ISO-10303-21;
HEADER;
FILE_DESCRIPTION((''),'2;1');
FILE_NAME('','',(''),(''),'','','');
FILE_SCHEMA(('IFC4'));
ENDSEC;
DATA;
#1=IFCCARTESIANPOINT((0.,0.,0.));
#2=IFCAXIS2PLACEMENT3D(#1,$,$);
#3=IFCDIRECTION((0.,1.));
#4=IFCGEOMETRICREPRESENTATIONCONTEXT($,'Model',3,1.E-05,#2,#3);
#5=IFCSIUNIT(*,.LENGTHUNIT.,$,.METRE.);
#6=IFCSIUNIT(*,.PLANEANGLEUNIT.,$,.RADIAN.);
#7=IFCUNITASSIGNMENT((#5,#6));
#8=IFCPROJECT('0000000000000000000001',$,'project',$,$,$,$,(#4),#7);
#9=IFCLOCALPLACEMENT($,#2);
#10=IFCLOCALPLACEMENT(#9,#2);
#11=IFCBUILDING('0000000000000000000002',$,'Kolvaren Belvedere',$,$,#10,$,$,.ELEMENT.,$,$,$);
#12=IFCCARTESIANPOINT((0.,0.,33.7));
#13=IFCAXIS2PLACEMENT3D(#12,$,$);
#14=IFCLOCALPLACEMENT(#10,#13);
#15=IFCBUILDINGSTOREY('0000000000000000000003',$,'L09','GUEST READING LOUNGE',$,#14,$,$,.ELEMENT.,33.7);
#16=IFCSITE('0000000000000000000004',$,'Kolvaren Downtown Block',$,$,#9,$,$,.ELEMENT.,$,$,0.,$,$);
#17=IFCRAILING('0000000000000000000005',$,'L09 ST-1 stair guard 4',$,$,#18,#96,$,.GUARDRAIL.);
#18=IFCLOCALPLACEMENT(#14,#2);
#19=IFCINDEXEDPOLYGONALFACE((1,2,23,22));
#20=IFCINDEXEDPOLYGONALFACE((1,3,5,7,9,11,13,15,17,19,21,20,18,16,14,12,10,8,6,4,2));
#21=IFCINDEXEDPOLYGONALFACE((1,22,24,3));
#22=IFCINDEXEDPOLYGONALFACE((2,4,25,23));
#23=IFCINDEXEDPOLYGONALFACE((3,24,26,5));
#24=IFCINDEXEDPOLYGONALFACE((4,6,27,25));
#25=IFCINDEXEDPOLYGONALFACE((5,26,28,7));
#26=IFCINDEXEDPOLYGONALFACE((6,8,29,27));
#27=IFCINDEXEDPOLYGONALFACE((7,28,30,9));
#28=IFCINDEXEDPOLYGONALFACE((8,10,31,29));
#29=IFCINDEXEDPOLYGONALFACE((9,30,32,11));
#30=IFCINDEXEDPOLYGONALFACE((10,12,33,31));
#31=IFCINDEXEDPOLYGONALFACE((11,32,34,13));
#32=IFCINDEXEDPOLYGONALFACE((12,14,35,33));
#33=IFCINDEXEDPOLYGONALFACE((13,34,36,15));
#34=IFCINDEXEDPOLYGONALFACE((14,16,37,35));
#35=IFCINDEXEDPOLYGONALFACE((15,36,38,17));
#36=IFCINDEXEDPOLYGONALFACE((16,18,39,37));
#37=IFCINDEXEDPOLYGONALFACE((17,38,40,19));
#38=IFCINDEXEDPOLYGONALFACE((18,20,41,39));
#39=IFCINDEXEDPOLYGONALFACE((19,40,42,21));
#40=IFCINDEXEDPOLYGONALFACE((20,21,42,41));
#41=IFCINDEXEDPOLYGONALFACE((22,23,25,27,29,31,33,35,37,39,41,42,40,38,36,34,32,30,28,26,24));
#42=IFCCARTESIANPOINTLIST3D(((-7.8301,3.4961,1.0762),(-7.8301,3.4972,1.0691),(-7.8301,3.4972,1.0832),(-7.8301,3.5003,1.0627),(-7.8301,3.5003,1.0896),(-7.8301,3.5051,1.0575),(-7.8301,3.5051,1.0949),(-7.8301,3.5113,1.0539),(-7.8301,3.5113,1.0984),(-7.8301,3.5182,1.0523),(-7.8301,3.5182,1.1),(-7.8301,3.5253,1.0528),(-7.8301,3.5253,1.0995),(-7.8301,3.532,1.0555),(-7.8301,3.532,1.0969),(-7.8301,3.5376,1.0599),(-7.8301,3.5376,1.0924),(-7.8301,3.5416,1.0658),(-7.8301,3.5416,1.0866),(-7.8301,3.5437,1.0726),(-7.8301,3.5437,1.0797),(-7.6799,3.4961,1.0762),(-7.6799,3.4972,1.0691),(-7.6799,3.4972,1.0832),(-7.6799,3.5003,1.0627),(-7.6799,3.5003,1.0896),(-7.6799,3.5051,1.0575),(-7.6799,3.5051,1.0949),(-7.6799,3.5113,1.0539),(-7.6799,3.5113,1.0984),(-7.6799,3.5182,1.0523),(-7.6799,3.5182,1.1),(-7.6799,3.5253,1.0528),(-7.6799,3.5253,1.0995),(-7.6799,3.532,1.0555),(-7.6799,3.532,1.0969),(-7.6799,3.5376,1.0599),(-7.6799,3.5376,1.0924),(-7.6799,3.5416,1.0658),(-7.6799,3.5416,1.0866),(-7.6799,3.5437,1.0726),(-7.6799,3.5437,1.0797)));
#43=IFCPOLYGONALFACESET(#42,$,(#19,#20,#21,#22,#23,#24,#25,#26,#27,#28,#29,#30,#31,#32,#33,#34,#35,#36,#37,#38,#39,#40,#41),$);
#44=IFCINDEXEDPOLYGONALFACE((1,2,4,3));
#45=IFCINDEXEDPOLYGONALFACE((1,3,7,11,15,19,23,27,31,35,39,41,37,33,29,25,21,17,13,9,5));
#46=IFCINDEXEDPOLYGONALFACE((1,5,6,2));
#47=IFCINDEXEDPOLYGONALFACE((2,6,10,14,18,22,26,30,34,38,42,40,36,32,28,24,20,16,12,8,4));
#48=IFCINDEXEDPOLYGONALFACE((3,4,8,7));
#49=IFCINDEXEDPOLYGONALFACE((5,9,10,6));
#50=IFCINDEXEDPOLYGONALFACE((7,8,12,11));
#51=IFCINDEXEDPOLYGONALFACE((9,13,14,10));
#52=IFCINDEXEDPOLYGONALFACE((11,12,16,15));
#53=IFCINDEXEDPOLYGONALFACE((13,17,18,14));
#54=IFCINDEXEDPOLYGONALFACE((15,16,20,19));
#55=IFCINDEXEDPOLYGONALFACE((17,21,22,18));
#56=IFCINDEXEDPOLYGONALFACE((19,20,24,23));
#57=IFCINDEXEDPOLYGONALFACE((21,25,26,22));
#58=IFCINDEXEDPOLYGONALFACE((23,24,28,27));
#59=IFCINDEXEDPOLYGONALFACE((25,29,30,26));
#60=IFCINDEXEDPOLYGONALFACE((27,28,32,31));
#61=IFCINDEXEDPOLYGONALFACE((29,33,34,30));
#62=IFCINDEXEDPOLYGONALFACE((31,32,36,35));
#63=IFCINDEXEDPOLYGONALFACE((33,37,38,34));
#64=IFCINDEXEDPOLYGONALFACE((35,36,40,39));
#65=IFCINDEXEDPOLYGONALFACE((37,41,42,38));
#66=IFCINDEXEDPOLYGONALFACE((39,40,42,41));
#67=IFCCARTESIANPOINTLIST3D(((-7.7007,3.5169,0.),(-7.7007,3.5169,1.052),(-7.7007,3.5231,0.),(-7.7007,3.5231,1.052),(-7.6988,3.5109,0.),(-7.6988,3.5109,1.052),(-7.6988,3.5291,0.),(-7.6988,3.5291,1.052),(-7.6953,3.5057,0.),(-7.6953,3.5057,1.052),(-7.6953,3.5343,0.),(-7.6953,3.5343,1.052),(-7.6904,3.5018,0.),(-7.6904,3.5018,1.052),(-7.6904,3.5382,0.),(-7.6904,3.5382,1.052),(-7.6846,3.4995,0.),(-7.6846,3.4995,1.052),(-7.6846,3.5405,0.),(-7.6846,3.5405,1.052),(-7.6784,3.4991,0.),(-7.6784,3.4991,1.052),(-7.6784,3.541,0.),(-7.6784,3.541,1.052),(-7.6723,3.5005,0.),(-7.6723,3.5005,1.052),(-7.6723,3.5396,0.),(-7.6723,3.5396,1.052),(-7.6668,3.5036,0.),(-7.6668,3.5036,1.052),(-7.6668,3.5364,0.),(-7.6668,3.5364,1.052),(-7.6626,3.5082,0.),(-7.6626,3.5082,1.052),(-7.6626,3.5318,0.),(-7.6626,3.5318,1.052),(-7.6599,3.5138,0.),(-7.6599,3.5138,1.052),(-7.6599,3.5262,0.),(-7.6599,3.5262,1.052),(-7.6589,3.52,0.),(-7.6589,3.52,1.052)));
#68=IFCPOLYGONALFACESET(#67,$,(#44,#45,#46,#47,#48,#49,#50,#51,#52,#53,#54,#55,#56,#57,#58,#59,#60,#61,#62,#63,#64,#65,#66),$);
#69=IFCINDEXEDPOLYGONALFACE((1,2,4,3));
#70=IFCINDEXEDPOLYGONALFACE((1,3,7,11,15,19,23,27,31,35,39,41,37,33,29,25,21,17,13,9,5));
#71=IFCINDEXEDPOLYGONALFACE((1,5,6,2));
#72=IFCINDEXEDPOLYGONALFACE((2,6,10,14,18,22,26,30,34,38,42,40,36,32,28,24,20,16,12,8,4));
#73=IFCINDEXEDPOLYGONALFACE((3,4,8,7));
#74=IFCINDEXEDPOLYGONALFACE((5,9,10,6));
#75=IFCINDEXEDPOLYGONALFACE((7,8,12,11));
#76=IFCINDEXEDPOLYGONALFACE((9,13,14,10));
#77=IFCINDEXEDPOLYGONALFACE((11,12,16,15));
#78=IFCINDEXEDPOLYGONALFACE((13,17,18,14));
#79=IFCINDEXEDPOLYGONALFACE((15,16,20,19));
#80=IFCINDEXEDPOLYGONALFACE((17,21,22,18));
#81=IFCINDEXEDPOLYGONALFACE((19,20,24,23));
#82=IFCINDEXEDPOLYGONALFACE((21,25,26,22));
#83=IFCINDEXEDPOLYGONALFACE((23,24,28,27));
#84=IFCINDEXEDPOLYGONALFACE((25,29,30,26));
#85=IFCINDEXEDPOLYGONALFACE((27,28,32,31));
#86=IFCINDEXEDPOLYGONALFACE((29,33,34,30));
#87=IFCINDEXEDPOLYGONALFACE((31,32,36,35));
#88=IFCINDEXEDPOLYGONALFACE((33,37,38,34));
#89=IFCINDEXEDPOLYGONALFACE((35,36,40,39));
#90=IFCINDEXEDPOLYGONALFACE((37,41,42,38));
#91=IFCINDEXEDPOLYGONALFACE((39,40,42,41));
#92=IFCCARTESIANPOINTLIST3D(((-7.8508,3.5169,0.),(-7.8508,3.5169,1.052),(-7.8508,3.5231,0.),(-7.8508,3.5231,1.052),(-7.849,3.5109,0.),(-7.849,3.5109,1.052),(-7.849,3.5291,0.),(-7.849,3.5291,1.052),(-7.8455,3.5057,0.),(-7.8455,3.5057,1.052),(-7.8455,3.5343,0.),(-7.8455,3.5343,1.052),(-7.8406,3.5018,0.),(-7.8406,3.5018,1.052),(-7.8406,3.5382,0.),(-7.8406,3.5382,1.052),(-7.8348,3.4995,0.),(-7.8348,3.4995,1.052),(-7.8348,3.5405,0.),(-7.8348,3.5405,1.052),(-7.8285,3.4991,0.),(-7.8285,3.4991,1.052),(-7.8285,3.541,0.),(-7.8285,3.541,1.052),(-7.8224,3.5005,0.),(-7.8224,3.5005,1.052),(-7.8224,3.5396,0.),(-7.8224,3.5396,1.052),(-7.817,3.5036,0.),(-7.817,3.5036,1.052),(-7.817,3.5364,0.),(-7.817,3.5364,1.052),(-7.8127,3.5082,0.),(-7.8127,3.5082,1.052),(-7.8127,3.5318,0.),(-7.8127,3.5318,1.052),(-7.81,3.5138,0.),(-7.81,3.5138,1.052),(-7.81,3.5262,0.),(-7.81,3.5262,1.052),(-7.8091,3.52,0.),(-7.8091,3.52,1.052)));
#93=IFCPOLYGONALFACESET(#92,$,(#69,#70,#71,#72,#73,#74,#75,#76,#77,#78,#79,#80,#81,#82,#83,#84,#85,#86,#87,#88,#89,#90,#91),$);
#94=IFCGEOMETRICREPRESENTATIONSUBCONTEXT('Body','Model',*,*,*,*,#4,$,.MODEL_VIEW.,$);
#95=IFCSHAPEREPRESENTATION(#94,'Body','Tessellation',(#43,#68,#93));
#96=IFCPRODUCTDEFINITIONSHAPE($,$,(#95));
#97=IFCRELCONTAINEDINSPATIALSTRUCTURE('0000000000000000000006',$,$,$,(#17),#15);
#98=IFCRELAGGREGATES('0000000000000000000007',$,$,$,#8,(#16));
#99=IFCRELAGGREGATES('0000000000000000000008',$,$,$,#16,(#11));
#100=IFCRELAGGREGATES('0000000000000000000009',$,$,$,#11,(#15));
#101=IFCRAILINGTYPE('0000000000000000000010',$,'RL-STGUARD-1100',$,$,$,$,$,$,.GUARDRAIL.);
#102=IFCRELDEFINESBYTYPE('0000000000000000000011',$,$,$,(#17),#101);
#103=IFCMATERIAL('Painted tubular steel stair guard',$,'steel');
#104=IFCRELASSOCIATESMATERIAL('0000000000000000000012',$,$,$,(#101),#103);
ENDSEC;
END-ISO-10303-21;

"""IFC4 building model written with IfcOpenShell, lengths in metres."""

from ifc_helpers import new_model, si_unit, direction, frame, origin, origin_2d, place, context, subcontext, project, spatial, circle, extrude, material, type_object, element, save


model = new_model("IFC4")

# Units and contexts
model_context = context("Model", 3, precision=1e-05, world=origin(), true_north=direction((0.0, 1.0)))
body_context = subcontext(model_context, "Body", "Model", "MODEL_VIEW")
ifc_project = project(units=[si_unit("LENGTHUNIT", "METRE"), si_unit("PLANEANGLEUNIT", "RADIAN")], contexts=[model_context])

# Site, building, storey
site_placement = place(None, origin())
site = spatial("IfcSite", under=ifc_project, at=site_placement, Name="Kolvaren Downtown Block", CompositionType="ELEMENT", RefElevation=0.0)
building_placement = place(site_placement, origin())
building = spatial("IfcBuilding", under=site, at=building_placement, Name="Kolvaren Belvedere", CompositionType="ELEMENT")
storey_placement = place(building_placement, frame((0.0, 0.0, 33.7)))
storey = spatial("IfcBuildingStorey", under=building, at=storey_placement, Name="L09", Description="GUEST READING LOUNGE", CompositionType="ELEMENT", Elevation=33.7)

# Railing
ifc_material_1 = material(Name="Painted tubular steel stair guard", Category="steel")
railing_type_1 = type_object("IfcRailingType", Name="RL-STGUARD-1100", PredefinedType="GUARDRAIL", material=ifc_material_1)
railing_1_placement = place(storey_placement, frame((-7.6799, 3.52, 0.0)))
element("IfcRailing", 1, at=railing_1_placement, inside=storey, type_object=railing_type_1, Name="L09 ST-1 stair guard 4", PredefinedType="GUARDRAIL", context=body_context, shape_type="SweptSolid", body=[
    extrude(circle(Radius=0.0239, at=origin_2d()), frame((0.0, 0.0, 1.0762), z_axis=(-1.0, 0.0, 0.0), x_axis=(0.0, -1.0, 0.0)), (0.0, 0.0, 1.0), 0.1501),
    extrude(circle(Radius=0.021, at=origin_2d()), origin(), (0.0, 0.0, 1.0), 1.052),
    extrude(circle(Radius=0.021, at=origin_2d()), frame((-0.1501, 0.0, 0.0)), (0.0, 0.0, 1.0), 1.052),
])

save(model, "model.ifc")
